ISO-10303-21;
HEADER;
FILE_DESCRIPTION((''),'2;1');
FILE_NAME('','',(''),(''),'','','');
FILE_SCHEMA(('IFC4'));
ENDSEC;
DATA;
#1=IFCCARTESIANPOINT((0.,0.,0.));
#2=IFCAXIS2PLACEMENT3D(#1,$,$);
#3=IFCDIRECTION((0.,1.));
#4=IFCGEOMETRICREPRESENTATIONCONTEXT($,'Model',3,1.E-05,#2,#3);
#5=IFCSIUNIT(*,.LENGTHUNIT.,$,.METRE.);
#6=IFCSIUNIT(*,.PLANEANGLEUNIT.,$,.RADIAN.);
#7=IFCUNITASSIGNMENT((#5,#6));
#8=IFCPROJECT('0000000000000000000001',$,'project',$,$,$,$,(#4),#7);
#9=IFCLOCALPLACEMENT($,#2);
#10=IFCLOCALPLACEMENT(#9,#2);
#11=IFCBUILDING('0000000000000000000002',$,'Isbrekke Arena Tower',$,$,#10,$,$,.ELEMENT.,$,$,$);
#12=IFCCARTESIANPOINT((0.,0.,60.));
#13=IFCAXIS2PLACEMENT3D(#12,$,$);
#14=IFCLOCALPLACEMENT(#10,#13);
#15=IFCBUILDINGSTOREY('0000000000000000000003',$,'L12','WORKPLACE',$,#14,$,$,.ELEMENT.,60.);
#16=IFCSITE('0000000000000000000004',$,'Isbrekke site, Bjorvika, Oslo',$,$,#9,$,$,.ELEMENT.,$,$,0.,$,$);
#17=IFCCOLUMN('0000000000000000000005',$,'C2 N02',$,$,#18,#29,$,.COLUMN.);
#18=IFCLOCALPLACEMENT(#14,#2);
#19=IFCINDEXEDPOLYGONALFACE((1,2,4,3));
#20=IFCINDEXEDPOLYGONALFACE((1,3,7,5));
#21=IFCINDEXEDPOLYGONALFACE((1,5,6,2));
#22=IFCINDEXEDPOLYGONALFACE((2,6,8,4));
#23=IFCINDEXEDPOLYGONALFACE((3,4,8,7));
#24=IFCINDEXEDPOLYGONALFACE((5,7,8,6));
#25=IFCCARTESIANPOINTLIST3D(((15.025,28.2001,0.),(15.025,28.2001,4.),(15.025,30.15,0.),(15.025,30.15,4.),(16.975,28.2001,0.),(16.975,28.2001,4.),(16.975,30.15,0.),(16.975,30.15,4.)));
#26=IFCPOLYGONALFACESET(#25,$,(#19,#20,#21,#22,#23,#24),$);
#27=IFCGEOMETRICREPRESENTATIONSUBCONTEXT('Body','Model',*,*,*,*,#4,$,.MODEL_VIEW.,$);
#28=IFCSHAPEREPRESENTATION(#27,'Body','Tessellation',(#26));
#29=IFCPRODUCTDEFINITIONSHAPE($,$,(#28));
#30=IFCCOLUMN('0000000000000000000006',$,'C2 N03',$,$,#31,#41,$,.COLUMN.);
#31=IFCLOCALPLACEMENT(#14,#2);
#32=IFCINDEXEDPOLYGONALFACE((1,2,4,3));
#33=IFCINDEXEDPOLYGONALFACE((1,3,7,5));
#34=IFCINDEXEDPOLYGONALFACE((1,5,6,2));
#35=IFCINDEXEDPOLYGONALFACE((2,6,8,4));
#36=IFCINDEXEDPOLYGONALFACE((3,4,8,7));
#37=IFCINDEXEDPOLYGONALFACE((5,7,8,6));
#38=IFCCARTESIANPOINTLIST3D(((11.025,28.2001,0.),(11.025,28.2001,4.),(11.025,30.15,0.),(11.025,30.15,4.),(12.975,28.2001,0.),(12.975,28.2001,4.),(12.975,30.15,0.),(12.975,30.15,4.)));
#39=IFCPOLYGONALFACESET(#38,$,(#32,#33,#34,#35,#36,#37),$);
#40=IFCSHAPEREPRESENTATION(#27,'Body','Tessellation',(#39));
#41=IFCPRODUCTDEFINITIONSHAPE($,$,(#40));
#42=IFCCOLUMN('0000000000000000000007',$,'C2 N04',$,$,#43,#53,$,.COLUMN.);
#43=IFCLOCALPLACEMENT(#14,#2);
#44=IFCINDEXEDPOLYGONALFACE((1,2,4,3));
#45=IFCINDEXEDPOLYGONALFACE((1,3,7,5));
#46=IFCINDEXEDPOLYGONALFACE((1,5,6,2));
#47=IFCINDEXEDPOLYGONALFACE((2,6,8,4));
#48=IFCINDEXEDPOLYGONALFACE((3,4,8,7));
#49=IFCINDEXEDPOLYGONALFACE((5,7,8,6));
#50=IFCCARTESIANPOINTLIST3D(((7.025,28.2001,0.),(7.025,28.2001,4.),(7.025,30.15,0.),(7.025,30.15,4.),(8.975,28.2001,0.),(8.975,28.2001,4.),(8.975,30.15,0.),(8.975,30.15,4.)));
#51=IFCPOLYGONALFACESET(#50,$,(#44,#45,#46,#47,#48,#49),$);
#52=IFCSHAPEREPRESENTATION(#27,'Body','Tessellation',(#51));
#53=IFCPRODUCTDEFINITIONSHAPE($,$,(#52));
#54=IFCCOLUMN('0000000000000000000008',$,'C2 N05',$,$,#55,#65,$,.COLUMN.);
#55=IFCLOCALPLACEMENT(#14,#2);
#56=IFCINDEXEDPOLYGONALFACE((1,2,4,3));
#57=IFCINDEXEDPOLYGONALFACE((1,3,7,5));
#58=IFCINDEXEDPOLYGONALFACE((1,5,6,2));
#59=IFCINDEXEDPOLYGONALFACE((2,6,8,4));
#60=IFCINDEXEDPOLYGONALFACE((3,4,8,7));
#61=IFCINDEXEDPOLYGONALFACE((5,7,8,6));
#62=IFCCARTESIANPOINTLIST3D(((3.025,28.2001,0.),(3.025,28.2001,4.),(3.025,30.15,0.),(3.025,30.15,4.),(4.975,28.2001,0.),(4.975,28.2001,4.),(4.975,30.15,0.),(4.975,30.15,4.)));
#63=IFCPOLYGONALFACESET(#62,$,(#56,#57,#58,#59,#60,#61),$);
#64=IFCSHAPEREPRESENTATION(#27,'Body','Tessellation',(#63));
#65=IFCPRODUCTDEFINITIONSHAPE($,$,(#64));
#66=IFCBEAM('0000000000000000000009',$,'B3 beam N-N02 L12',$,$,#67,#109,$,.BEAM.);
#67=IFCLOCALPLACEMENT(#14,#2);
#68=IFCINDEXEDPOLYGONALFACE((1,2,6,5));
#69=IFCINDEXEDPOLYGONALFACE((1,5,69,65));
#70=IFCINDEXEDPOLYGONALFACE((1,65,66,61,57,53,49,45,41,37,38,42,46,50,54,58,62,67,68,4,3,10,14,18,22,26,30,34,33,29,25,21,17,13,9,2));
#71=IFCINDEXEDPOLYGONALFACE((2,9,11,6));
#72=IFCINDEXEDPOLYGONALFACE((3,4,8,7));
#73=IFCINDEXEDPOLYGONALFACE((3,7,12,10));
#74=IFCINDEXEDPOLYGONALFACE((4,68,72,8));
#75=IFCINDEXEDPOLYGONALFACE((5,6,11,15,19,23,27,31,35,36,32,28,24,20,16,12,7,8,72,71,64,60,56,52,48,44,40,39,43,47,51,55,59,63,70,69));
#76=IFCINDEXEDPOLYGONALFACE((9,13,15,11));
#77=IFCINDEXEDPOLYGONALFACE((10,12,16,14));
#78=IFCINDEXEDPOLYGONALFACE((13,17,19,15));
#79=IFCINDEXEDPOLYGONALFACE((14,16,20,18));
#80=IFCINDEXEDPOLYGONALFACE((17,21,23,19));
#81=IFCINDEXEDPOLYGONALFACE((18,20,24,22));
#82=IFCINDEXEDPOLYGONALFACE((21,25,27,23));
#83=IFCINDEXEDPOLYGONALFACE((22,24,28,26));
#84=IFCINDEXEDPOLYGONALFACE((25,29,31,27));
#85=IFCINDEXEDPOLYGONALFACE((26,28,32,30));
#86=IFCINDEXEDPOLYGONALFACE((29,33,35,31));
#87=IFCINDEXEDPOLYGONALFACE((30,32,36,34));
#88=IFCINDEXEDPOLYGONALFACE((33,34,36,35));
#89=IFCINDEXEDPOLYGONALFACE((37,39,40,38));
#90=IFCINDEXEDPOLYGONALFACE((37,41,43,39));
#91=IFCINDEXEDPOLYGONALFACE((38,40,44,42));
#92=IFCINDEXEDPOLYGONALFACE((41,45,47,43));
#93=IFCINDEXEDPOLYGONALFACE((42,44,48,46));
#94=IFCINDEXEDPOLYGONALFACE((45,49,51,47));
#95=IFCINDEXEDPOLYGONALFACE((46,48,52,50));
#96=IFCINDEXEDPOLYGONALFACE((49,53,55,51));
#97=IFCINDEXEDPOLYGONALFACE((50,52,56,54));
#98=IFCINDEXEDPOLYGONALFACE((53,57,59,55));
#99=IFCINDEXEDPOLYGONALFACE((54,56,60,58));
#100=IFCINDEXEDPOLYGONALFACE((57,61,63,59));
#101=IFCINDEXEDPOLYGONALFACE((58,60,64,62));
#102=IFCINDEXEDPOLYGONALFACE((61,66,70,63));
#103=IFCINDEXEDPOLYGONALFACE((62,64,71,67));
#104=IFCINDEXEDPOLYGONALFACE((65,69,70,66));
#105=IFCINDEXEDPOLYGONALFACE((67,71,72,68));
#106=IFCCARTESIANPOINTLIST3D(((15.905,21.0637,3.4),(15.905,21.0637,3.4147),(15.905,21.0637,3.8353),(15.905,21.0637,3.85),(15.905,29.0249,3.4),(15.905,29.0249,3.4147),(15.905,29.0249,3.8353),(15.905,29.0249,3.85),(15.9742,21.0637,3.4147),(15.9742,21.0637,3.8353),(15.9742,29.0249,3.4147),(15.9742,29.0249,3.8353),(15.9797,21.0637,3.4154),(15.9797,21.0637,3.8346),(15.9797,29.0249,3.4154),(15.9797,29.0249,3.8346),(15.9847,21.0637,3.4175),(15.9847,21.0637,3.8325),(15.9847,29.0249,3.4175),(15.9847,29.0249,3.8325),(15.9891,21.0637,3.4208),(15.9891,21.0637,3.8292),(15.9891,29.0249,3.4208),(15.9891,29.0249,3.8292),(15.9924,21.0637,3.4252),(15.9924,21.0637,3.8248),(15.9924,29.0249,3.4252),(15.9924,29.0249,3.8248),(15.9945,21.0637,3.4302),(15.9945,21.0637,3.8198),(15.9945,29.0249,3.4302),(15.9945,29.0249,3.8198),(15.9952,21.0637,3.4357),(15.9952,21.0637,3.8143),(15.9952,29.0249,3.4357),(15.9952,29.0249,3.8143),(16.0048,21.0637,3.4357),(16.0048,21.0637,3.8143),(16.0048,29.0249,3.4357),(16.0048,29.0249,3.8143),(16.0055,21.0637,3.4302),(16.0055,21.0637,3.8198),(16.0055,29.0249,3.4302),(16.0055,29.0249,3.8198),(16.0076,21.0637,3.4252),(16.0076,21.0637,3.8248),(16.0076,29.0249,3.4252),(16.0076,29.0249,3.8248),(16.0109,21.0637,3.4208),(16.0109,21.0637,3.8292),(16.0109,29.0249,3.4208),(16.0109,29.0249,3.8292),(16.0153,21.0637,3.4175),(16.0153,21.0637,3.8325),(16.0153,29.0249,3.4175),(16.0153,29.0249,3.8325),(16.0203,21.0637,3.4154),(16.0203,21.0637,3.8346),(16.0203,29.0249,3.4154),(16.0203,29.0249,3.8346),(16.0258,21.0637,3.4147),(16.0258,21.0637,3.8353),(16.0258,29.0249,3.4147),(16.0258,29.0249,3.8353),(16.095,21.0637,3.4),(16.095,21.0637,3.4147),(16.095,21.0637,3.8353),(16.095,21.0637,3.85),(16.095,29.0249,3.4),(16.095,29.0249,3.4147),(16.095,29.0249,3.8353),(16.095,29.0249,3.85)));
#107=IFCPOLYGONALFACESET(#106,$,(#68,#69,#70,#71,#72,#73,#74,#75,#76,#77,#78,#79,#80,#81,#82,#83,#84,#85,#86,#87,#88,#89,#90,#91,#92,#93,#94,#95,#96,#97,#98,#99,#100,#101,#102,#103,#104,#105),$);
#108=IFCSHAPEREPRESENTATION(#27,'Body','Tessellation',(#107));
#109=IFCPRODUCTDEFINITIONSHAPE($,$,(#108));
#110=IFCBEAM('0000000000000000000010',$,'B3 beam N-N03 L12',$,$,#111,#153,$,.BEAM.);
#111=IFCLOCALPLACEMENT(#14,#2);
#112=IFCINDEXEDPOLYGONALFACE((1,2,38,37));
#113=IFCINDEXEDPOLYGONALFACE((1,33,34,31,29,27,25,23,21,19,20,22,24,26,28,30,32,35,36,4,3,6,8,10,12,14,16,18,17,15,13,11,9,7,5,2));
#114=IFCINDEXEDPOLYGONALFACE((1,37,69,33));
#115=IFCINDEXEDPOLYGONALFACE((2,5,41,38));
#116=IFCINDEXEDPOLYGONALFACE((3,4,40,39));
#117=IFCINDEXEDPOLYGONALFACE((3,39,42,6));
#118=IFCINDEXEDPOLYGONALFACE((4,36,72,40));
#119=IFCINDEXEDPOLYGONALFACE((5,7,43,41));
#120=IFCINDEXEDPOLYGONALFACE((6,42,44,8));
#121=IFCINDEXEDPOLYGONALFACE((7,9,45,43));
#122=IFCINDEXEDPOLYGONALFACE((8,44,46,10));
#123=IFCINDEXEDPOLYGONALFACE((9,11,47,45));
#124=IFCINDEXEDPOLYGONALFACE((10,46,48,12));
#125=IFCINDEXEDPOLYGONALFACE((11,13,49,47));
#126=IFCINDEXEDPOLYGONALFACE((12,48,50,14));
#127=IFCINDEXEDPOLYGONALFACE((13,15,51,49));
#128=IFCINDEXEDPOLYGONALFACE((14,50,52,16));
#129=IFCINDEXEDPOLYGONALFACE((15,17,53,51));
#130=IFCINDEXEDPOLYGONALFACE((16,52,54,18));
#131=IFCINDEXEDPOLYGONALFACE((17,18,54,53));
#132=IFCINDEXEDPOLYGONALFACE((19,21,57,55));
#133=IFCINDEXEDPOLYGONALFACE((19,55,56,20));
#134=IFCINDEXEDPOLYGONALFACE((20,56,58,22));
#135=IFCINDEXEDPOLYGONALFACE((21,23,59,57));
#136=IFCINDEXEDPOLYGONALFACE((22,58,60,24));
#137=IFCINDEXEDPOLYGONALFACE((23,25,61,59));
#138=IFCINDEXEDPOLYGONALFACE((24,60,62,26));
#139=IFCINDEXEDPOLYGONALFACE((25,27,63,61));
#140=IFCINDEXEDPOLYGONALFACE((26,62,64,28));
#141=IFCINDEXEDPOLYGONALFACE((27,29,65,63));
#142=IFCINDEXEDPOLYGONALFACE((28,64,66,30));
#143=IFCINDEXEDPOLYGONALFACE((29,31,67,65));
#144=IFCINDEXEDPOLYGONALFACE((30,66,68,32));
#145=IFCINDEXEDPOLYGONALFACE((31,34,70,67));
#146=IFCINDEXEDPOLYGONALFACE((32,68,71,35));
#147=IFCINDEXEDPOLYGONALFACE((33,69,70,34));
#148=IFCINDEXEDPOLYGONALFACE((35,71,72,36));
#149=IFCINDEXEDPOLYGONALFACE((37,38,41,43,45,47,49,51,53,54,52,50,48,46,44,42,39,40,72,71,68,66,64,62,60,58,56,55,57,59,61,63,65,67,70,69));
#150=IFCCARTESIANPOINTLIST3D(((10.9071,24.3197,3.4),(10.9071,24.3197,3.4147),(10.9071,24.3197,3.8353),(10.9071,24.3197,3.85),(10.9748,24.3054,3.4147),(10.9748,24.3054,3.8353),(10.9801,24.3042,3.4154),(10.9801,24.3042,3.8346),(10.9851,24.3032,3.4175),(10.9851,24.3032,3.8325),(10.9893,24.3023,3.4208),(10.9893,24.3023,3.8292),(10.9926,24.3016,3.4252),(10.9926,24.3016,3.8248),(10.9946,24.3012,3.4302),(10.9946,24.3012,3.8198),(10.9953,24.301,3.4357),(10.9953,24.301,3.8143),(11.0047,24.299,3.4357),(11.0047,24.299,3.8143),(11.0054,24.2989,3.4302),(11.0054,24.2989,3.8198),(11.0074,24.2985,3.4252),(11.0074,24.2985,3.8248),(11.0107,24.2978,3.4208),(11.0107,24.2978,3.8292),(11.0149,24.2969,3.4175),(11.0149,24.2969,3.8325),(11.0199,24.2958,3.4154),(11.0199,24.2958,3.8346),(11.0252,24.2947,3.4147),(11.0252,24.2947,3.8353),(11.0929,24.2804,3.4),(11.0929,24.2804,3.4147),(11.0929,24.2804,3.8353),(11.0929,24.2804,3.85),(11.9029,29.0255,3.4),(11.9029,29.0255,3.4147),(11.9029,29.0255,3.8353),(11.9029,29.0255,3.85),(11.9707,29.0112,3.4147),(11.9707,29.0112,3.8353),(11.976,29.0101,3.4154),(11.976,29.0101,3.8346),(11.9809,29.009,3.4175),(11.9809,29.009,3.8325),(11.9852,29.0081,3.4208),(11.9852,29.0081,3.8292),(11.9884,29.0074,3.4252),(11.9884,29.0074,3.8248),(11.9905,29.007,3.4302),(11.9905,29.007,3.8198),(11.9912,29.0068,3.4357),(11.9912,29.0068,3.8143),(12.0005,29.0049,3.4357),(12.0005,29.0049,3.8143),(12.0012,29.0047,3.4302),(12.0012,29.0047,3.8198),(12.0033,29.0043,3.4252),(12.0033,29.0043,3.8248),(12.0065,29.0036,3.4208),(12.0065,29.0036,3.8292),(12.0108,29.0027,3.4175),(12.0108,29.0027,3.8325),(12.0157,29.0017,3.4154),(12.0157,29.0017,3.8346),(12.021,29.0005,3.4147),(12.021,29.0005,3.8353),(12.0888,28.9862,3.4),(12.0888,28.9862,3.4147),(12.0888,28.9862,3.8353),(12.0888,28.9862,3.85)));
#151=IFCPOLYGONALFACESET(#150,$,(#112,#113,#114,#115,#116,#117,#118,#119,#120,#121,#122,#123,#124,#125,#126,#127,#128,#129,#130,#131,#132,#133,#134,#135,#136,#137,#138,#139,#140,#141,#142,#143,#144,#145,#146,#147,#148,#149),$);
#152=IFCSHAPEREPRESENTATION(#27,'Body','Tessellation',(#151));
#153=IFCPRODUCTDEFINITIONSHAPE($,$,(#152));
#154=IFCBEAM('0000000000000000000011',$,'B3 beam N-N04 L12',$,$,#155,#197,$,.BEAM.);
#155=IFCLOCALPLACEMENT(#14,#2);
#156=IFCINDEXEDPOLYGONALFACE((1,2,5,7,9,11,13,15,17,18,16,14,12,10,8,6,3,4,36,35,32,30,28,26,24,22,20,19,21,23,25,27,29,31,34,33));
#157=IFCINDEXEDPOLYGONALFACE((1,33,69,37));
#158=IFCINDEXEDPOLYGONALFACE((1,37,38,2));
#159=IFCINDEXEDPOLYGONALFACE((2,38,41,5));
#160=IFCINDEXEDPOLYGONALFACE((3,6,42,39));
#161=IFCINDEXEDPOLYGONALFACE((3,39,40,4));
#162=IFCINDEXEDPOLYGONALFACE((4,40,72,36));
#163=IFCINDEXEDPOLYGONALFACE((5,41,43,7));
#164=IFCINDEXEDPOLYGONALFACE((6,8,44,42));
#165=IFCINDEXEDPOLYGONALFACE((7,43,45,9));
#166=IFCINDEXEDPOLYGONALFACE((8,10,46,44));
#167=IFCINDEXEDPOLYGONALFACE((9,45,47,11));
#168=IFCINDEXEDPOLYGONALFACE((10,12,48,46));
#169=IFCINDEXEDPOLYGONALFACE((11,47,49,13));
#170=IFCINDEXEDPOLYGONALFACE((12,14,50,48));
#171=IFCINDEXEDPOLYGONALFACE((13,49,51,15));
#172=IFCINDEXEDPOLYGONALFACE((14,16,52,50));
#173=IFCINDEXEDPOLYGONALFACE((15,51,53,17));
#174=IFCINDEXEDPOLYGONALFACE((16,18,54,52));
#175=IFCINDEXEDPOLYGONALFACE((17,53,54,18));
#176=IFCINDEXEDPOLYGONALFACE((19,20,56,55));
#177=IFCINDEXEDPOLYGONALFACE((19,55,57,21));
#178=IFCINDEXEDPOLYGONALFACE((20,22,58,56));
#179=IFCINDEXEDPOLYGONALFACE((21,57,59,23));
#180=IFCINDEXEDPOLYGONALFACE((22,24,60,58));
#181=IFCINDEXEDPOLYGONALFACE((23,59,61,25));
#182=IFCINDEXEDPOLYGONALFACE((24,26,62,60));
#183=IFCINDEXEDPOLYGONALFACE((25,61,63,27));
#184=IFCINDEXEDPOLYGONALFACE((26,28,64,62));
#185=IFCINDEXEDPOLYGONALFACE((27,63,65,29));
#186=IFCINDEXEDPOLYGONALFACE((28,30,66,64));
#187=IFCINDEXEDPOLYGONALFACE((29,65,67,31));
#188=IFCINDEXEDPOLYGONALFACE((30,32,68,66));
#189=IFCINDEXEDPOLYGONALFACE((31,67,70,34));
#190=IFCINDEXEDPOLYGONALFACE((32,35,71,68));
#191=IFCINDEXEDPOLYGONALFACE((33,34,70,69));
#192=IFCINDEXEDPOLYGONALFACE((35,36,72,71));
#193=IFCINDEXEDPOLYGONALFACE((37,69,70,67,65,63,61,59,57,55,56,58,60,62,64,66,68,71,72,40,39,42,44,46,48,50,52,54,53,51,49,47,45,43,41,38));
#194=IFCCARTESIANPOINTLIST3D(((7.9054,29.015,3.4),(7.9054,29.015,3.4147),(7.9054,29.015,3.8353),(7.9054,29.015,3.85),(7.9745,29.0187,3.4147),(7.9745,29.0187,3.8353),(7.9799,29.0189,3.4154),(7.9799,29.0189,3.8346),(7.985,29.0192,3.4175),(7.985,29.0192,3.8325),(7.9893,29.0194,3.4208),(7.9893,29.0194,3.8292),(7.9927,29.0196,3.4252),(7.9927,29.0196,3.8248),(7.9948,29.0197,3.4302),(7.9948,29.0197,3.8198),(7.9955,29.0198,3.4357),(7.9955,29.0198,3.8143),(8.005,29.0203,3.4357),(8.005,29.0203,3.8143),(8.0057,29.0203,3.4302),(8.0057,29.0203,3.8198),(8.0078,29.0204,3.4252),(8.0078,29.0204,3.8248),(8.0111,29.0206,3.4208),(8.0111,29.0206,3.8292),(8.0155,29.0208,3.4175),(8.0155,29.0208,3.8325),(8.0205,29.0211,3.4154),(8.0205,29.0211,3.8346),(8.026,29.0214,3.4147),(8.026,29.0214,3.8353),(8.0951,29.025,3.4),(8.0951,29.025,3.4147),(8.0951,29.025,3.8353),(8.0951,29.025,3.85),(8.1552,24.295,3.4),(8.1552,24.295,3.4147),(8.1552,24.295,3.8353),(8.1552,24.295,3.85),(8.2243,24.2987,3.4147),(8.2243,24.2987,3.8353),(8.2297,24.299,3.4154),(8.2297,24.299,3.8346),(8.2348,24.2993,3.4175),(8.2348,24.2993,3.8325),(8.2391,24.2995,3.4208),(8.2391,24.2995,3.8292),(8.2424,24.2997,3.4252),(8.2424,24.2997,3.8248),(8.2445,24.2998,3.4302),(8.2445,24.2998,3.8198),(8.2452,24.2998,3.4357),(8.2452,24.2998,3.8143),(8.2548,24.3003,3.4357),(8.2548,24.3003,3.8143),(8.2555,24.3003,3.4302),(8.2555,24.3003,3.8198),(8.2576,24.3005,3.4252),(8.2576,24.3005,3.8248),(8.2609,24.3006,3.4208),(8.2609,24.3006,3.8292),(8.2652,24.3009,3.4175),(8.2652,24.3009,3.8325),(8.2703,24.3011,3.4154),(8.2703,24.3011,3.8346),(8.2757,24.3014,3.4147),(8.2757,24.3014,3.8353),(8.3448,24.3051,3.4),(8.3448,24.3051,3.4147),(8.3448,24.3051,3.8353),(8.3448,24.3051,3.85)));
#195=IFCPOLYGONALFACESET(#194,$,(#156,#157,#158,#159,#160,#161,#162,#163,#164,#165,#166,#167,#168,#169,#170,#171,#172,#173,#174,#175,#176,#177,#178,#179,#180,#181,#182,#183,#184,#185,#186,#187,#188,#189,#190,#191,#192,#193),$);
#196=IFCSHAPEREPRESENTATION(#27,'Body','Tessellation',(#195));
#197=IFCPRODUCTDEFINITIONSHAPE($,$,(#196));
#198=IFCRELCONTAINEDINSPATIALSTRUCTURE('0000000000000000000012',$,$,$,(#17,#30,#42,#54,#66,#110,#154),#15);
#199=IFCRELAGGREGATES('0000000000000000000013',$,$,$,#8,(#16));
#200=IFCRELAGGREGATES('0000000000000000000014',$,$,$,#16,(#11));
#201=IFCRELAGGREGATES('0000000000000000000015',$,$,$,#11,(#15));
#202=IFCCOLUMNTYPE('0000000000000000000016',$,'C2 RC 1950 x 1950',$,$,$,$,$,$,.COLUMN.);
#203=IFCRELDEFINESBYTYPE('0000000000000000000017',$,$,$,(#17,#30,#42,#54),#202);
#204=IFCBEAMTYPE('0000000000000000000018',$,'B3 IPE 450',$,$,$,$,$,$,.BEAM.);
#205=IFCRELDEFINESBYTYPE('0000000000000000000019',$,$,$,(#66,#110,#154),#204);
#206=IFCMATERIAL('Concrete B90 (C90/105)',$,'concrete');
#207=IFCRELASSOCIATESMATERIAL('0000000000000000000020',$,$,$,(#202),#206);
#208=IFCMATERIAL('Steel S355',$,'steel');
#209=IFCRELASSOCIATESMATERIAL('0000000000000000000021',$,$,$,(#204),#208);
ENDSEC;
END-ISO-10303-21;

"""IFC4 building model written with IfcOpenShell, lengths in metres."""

from ifc_helpers import new_model, si_unit, direction, frame, origin, origin_2d, place, context, subcontext, project, spatial, rectangle, i_section, extrude, material, material_profile, profile_set, type_object, element, save


model = new_model("IFC4")

# Units and contexts
model_context = context("Model", 3, precision=1e-05, world=origin(), true_north=direction((0.0, 1.0)))
body_context = subcontext(model_context, "Body", "Model", "MODEL_VIEW")
ifc_project = project(units=[si_unit("LENGTHUNIT", "METRE"), si_unit("PLANEANGLEUNIT", "RADIAN")], contexts=[model_context])

# Site, building, storey
site_placement = place(None, origin())
site = spatial("IfcSite", under=ifc_project, at=site_placement, Name="Isbrekke site, Bjorvika, Oslo", CompositionType="ELEMENT", RefElevation=0.0)
building_placement = place(site_placement, origin())
building = spatial("IfcBuilding", under=site, at=building_placement, Name="Isbrekke Arena Tower", CompositionType="ELEMENT")
storey_placement = place(building_placement, frame((0.0, 0.0, 60.0)))
storey = spatial("IfcBuildingStorey", under=building, at=storey_placement, Name="L12", Description="WORKPLACE", CompositionType="ELEMENT", Elevation=60.0)

# Columns
ifc_material_1 = material(Name="Concrete B90 (C90/105)", Category="concrete")
ifc_material_profile_1 = material_profile(ifc_material_1, rectangle(XDim=1.95, YDim=1.95, at=origin_2d()), Name="RC 1950x1950")
ifc_profile_set_1 = profile_set([ifc_material_profile_1], Name="Concrete B90 (C90/105)")
column_type = type_object("IfcColumnType", Name="C2 RC 1950 x 1950", PredefinedType="COLUMN", material=ifc_profile_set_1)
for number, where, z_axis, x_axis, name in (
    (1, (16.0, 29.175, 0.0), (0.0, 0.0, 1.0), (-1.0, 0.0, 0.0), "C2 N02"),
    (2, (12.0, 29.175, 0.0), (0.0, 0.0, 1.0), (-1.0, 0.0, 0.0), "C2 N03"),
    (3, (8.0, 29.175, 0.0), (0.0, 0.0, 1.0), (-1.0, 0.0, 0.0), "C2 N04"),
    (4, (4.0, 29.175, 0.0), (0.0, 0.0, 1.0), (-1.0, 0.0, 0.0), "C2 N05"),
):
    element("IfcColumn", number, at=place(storey_placement, frame(where, z_axis=z_axis, x_axis=x_axis)), inside=storey, type_object=column_type, Name=name, PredefinedType="COLUMN", context=body_context, shape_type="SweptSolid", body=[
        extrude(rectangle(XDim=1.95, YDim=1.95, at=origin_2d()), origin(), (0.0, 0.0, 1.0), 4.0),
    ])

# Beams
ifc_material_2 = material(Name="Steel S355", Category="steel")
ifc_material_profile_2 = material_profile(ifc_material_2, i_section(OverallWidth=0.1899, OverallDepth=0.45, WebThickness=0.0095, FlangeThickness=0.0146, FilletRadius=0.021, at=origin_2d()), Name="IPE 450")
ifc_profile_set_2 = profile_set([ifc_material_profile_2], Name="Steel S355")
beam_type_1 = type_object("IfcBeamType", Name="B3 IPE 450", PredefinedType="BEAM", material=ifc_profile_set_2)
beam_1_placement = place(storey_placement, frame((16.0, 29.0249, 3.625), z_axis=(0.0, -1.0, 0.0), x_axis=(1.0, 0.0, 0.0)))
element("IfcBeam", 5, at=beam_1_placement, inside=storey, type_object=beam_type_1, Name="B3 beam N-N02 L12", PredefinedType="BEAM", context=body_context, shape_type="SweptSolid", body=[
    extrude(i_section(OverallWidth=0.1899, OverallDepth=0.45, WebThickness=0.0095, FlangeThickness=0.0146, FilletRadius=0.021, at=origin_2d()), origin(), (0.0, 0.0, 1.0), 7.9612),
])
beam_2_placement = place(storey_placement, frame((11.9958, 29.0059, 3.625), z_axis=(-0.207036, -0.978333, 0.0), x_axis=(0.978333, -0.207036, 0.0)))
element("IfcBeam", 6, at=beam_2_placement, inside=storey, type_object=beam_type_1, Name="B3 beam N-N03 L12", PredefinedType="BEAM", context=body_context, shape_type="SweptSolid", body=[
    extrude(i_section(OverallWidth=0.1899, OverallDepth=0.45, WebThickness=0.0095, FlangeThickness=0.0146, FilletRadius=0.021, at=origin_2d()), origin(), (0.0, 0.0, 1.0), 4.8101),
])
beam_3_placement = place(storey_placement, frame((8.0002, 29.02, 3.625), z_axis=(0.052841, -0.998603, 0.0), x_axis=(0.998603, 0.052841, 0.0)))
element("IfcBeam", 7, at=beam_3_placement, inside=storey, type_object=beam_type_1, Name="B3 beam N-N04 L12", PredefinedType="BEAM", context=body_context, shape_type="SweptSolid", body=[
    extrude(i_section(OverallWidth=0.1899, OverallDepth=0.45, WebThickness=0.0095, FlangeThickness=0.0146, FilletRadius=0.021, at=origin_2d()), origin(), (0.0, 0.0, 1.0), 4.7266),
])

save(model, "model.ifc")
